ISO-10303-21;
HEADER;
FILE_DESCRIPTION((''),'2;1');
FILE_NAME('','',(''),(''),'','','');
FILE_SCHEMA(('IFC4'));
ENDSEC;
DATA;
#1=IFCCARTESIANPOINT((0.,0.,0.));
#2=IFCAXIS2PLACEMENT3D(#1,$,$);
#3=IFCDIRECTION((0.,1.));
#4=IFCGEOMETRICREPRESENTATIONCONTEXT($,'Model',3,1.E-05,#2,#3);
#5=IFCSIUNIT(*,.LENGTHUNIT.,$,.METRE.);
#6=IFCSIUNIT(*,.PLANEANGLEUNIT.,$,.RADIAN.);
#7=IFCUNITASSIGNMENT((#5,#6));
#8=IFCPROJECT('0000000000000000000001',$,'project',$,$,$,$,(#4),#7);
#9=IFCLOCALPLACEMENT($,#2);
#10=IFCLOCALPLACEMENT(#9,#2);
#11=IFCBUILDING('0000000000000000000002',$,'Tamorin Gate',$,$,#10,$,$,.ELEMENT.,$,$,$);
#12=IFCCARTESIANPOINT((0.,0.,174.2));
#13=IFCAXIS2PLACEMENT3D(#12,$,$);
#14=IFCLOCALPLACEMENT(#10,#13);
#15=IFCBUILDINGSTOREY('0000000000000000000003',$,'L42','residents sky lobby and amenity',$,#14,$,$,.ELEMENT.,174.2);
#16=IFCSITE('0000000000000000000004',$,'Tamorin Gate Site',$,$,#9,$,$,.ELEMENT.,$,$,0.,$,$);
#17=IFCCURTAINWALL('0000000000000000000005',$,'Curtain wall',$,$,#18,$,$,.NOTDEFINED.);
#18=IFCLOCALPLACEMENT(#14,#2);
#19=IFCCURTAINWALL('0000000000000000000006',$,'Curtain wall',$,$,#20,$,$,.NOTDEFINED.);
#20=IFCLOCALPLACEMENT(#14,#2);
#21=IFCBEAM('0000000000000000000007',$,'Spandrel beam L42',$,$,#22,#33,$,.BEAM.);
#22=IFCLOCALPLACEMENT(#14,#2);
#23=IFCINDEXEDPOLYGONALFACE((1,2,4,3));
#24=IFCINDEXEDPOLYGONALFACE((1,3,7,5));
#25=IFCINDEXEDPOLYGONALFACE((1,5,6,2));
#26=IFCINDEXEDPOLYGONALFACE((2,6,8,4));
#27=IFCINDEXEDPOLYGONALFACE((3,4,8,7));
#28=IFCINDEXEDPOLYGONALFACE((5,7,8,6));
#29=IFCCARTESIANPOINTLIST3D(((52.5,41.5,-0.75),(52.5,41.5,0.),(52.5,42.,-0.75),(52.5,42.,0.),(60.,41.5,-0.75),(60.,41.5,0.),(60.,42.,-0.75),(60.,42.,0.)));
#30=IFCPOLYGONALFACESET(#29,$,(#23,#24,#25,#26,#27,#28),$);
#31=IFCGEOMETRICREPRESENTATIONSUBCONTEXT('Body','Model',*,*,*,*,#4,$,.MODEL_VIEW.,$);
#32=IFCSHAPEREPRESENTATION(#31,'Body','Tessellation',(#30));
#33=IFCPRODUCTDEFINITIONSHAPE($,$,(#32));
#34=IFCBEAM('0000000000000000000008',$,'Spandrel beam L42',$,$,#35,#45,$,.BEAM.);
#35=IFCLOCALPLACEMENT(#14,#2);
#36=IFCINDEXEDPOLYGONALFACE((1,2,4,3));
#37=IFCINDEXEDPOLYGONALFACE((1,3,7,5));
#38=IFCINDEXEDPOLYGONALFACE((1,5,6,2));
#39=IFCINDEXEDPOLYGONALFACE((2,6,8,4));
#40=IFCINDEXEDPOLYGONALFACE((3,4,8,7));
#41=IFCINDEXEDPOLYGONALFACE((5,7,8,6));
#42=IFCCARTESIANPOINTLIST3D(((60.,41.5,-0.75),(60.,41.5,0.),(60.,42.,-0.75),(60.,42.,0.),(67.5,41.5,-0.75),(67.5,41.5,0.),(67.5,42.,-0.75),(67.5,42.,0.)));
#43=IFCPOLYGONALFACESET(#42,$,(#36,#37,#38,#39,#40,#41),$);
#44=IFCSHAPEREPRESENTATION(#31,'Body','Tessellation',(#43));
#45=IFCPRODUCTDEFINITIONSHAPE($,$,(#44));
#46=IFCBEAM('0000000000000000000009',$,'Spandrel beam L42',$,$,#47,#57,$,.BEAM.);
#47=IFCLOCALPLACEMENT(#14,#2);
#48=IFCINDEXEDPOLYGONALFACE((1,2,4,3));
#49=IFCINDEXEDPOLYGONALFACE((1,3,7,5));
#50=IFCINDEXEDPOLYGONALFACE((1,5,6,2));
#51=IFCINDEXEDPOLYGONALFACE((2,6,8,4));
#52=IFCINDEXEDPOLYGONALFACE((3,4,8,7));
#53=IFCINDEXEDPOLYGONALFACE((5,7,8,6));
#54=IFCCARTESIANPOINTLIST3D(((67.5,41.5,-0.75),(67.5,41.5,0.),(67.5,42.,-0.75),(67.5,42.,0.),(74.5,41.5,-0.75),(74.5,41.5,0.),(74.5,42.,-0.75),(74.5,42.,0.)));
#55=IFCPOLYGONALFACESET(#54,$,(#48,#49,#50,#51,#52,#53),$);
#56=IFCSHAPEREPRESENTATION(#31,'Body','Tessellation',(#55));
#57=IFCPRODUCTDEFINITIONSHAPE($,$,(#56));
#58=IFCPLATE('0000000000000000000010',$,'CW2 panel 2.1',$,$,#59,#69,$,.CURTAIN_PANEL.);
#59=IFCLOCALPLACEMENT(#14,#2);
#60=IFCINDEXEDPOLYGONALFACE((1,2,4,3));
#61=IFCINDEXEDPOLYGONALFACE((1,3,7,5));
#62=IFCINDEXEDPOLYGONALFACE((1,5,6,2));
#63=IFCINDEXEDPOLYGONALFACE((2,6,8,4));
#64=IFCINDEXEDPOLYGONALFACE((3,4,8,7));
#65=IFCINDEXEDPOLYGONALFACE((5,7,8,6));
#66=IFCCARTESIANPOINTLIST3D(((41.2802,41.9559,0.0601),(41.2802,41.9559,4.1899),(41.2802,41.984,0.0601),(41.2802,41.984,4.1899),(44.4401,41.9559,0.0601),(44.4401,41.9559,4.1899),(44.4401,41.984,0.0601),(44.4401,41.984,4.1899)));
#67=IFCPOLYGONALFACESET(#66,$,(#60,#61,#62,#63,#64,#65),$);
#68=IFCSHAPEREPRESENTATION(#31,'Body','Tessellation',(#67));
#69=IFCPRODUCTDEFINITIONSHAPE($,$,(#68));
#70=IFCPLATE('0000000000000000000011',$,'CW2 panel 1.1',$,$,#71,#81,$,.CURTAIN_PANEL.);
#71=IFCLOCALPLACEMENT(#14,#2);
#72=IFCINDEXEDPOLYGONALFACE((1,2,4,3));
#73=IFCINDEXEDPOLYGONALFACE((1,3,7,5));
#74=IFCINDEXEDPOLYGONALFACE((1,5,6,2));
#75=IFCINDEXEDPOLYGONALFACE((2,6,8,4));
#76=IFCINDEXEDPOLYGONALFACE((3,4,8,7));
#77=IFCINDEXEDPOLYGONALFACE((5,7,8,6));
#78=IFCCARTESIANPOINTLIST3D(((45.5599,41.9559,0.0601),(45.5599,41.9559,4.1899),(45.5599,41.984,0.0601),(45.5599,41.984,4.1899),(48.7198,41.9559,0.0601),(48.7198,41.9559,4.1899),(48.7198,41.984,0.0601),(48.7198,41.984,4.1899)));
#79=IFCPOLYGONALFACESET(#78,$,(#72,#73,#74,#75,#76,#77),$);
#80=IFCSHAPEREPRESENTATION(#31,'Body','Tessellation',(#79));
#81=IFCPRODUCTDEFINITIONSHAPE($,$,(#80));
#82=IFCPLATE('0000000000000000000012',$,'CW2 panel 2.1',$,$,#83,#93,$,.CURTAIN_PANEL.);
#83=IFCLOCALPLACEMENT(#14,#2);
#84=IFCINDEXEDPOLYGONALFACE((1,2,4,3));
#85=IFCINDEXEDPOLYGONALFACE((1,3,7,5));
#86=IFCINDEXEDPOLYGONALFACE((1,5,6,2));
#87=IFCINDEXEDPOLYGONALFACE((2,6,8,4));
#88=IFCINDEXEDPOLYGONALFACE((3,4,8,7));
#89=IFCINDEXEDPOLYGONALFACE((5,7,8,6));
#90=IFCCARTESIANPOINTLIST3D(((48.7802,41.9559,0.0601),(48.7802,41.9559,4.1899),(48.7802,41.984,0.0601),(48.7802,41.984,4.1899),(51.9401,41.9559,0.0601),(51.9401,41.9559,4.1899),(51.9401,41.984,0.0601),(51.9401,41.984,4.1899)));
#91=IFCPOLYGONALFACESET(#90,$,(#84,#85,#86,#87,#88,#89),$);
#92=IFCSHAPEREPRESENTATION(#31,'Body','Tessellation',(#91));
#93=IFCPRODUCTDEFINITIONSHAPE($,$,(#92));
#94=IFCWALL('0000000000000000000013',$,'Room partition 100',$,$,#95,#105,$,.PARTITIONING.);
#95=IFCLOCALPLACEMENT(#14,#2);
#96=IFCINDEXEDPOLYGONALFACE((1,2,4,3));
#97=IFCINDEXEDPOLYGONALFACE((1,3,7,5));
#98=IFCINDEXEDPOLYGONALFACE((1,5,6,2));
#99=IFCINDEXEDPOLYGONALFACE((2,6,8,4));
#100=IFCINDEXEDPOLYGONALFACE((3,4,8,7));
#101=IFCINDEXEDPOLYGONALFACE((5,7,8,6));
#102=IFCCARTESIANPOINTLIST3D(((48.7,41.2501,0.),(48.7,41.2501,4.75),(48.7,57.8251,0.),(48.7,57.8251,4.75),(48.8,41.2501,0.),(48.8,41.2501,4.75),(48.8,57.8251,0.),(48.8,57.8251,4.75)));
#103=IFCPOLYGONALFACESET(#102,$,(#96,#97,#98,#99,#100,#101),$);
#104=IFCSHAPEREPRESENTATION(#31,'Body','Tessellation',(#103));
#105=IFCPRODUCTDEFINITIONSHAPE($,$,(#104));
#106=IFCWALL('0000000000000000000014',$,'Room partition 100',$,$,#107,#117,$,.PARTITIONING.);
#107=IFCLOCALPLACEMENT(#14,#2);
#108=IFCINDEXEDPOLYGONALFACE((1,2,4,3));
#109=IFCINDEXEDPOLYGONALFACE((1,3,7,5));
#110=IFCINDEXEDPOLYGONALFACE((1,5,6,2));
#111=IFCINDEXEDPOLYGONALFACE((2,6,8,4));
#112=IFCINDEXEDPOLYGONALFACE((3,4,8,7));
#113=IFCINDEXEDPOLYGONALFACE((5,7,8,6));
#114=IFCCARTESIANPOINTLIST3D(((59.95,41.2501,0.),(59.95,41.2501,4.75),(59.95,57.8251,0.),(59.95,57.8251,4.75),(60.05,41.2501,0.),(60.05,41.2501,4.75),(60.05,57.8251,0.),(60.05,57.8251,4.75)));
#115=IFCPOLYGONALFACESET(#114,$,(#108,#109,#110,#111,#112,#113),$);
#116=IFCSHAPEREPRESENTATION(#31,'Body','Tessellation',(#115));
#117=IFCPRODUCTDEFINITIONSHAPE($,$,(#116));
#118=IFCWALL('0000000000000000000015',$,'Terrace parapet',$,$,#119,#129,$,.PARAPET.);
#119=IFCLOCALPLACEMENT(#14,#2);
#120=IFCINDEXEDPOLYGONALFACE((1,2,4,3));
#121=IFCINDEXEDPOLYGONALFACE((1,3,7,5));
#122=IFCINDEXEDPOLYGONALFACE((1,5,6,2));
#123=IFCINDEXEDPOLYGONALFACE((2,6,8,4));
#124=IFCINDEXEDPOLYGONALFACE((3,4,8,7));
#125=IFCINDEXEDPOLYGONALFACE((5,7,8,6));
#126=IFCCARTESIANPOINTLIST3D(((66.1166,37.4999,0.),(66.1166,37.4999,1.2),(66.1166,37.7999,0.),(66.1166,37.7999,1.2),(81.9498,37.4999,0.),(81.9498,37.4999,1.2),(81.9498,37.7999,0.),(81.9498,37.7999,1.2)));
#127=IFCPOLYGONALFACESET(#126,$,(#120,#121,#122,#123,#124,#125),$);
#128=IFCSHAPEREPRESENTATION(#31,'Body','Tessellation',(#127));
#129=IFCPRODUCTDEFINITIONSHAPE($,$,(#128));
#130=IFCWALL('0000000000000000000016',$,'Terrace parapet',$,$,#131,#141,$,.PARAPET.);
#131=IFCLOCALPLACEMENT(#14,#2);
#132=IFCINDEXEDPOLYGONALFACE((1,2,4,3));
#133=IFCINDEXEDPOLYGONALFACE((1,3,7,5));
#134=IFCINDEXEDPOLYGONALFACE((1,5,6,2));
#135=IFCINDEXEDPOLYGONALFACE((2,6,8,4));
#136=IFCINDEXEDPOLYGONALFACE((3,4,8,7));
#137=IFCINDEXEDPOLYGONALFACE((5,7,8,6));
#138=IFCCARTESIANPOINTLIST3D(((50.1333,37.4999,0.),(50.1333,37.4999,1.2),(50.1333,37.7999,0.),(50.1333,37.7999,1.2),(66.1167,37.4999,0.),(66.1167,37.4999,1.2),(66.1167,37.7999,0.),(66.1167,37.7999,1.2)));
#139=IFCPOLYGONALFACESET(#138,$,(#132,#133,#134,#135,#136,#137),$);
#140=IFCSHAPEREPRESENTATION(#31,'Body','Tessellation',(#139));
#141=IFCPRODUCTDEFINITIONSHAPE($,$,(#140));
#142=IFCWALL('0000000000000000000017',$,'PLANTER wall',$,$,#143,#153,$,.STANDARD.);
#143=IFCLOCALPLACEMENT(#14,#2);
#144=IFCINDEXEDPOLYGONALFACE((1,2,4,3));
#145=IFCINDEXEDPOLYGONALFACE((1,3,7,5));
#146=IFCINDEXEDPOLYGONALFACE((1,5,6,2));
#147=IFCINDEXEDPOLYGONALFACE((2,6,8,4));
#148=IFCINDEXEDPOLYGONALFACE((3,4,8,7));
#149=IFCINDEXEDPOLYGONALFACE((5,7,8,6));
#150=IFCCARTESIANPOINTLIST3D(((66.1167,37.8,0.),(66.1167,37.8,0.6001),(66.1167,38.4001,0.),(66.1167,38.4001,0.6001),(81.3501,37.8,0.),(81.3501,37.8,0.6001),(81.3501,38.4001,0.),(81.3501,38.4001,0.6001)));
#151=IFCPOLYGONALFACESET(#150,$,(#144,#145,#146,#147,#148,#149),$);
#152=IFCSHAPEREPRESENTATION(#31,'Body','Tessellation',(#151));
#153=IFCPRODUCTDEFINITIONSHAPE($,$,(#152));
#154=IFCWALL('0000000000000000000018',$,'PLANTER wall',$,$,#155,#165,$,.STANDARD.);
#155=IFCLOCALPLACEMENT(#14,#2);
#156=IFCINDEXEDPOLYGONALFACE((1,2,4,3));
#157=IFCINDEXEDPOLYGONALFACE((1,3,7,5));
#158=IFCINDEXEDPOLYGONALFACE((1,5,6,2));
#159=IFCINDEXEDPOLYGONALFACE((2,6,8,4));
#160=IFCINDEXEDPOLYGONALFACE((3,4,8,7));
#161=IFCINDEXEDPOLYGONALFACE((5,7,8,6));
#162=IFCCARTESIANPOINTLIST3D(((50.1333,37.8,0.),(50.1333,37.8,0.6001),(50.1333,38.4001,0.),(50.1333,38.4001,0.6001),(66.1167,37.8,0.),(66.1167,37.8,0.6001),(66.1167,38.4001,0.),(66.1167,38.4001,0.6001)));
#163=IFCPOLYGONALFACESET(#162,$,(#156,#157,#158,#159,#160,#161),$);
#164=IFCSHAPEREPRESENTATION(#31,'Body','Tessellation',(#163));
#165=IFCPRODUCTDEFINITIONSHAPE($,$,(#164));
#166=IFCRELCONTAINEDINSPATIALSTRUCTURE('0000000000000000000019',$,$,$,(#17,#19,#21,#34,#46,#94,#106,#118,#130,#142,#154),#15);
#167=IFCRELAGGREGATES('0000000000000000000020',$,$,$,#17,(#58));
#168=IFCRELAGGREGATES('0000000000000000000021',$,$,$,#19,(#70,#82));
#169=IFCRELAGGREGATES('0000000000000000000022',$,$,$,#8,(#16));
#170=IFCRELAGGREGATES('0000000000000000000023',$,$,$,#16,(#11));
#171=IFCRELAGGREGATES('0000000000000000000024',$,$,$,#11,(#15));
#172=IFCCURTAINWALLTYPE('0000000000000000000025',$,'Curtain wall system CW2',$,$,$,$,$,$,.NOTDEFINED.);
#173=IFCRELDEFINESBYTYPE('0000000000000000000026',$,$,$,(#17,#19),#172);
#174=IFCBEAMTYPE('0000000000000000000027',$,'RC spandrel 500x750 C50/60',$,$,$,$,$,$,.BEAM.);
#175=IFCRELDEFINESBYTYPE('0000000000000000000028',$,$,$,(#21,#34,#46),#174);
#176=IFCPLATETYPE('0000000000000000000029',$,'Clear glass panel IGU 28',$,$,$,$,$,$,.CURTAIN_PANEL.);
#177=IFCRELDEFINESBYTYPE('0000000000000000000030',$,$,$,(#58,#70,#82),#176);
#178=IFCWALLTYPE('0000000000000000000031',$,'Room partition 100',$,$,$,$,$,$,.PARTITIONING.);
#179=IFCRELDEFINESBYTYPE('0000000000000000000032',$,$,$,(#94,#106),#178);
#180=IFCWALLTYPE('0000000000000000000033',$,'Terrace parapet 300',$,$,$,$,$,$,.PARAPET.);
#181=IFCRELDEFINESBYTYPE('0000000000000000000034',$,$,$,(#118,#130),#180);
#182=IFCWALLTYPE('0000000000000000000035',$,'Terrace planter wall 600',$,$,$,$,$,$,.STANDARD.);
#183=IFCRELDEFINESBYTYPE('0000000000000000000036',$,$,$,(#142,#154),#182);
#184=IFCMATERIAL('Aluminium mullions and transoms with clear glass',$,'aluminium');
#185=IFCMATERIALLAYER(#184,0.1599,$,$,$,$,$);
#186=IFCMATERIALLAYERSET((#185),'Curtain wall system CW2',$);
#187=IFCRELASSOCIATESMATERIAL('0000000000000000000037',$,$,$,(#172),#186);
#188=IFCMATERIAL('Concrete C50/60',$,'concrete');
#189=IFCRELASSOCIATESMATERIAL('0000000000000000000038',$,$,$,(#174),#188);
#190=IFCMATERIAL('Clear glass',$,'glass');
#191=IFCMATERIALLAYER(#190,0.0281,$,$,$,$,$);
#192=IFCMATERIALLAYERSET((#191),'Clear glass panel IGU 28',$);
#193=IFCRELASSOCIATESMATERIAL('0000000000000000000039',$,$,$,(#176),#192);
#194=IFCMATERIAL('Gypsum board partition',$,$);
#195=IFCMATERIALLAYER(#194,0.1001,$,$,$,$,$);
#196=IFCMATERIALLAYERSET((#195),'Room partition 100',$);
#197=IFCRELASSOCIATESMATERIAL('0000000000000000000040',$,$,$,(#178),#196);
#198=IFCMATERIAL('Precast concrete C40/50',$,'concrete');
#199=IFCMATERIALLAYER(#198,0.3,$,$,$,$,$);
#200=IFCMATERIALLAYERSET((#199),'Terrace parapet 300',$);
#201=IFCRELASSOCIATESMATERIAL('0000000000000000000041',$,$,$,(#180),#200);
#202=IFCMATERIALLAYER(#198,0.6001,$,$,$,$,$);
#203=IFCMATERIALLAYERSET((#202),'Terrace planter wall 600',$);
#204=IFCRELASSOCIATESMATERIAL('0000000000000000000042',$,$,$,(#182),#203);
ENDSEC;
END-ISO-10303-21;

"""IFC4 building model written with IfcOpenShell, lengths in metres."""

from ifc_helpers import new_model, si_unit, direction, frame, frame_2d, origin, origin_2d, place, context, subcontext, project, spatial, rectangle, extrude, material, layer, layer_set, material_profile, profile_set, type_object, element, aggregate, save


model = new_model("IFC4")

# Units and contexts
model_context = context("Model", 3, precision=1e-05, world=origin(), true_north=direction((0.0, 1.0)))
body_context = subcontext(model_context, "Body", "Model", "MODEL_VIEW")
ifc_project = project(units=[si_unit("LENGTHUNIT", "METRE"), si_unit("PLANEANGLEUNIT", "RADIAN")], contexts=[model_context])

# Site, building, storey
site_placement = place(None, origin())
site = spatial("IfcSite", under=ifc_project, at=site_placement, Name="Tamorin Gate Site", CompositionType="ELEMENT", RefElevation=0.0)
building_placement = place(site_placement, origin())
building = spatial("IfcBuilding", under=site, at=building_placement, Name="Tamorin Gate", CompositionType="ELEMENT")
storey_placement = place(building_placement, frame((0.0, 0.0, 174.2)))
storey = spatial("IfcBuildingStorey", under=building, at=storey_placement, Name="L42", Description="residents sky lobby and amenity", CompositionType="ELEMENT", Elevation=174.2)

# Curtain wall
ifc_material_1 = material(Name="Aluminium mullions and transoms with clear glass", Category="aluminium")
ifc_layer_1 = layer(ifc_material_1, 0.1599)
ifc_layer_set_1 = layer_set([ifc_layer_1], Name="Curtain wall system CW2")
curtain_wall_type = type_object("IfcCurtainWallType", Name="Curtain wall system CW2", PredefinedType="NOTDEFINED", material=ifc_layer_set_1)
curtain_wall_1_placement = place(storey_placement, origin())
curtain_wall_1 = element("IfcCurtainWall", 1, at=curtain_wall_1_placement, inside=storey, type_object=curtain_wall_type, Name="Curtain wall", PredefinedType="NOTDEFINED")

# Curtain wall
curtain_wall_2_placement = place(storey_placement, origin())
curtain_wall_2 = element("IfcCurtainWall", 2, at=curtain_wall_2_placement, inside=storey, type_object=curtain_wall_type, Name="Curtain wall", PredefinedType="NOTDEFINED")

# Beams
ifc_material_2 = material(Name="Concrete C50/60", Category="concrete")
ifc_material_profile_1 = material_profile(ifc_material_2, rectangle(XDim=0.5, YDim=0.75, at=origin_2d()), Name="RC 500x750")
ifc_profile_set_1 = profile_set([ifc_material_profile_1], Name="Concrete C50/60")
beam_type = type_object("IfcBeamType", Name="RC spandrel 500x750 C50/60", PredefinedType="BEAM", material=ifc_profile_set_1)
for number, where, z_axis, x_axis, name in (
    (3, (52.5, 41.75, -0.375), (1.0, 0.0, 0.0), (0.0, 1.0, 0.0), "Spandrel beam L42"),
    (4, (60.0, 41.75, -0.375), (1.0, 0.0, 0.0), (0.0, 1.0, 0.0), "Spandrel beam L42"),
):
    element("IfcBeam", number, at=place(storey_placement, frame(where, z_axis=z_axis, x_axis=x_axis)), inside=storey, type_object=beam_type, Name=name, PredefinedType="BEAM", context=body_context, shape_type="SweptSolid", body=[
        extrude(rectangle(XDim=0.5, YDim=0.75, at=origin_2d()), origin(), (0.0, 0.0, 1.0), 7.5),
    ])
beam_placement = place(storey_placement, frame((67.5, 41.75, -0.375), z_axis=(1.0, 0.0, 0.0), x_axis=(0.0, 1.0, 0.0)))
element("IfcBeam", 5, at=beam_placement, inside=storey, type_object=beam_type, Name="Spandrel beam L42", PredefinedType="BEAM", context=body_context, shape_type="SweptSolid", body=[
    extrude(rectangle(XDim=0.5, YDim=0.75, at=origin_2d()), origin(), (0.0, 0.0, 1.0), 7.0),
])

# Plates
ifc_material_3 = material(Name="Clear glass", Category="glass")
ifc_layer_2 = layer(ifc_material_3, 0.0281)
ifc_layer_set_2 = layer_set([ifc_layer_2], Name="Clear glass panel IGU 28")
plate_type = type_object("IfcPlateType", Name="Clear glass panel IGU 28", PredefinedType="CURTAIN_PANEL", material=ifc_layer_set_2)
plate_1_placement = place(storey_placement, frame((42.8601, 41.97, 0.0601), z_axis=(0.0, 0.0, 1.0), x_axis=(1.0, 0.0, 0.0)))
plate_1 = element("IfcPlate", 6, at=plate_1_placement, type_object=plate_type, Name="CW2 panel 2.1", PredefinedType="CURTAIN_PANEL", context=body_context, shape_type="SweptSolid", body=[
    extrude(rectangle(XDim=3.1599, YDim=0.0281, at=origin_2d()), origin(), (0.0, 0.0, 1.0), 4.1299),
])
aggregate(curtain_wall_1, [plate_1])
plate_2_placement = place(storey_placement, frame((47.1399, 41.97, 0.0601), z_axis=(0.0, 0.0, 1.0), x_axis=(1.0, 0.0, 0.0)))
plate_2 = element("IfcPlate", 7, at=plate_2_placement, type_object=plate_type, Name="CW2 panel 1.1", PredefinedType="CURTAIN_PANEL", context=body_context, shape_type="SweptSolid", body=[
    extrude(rectangle(XDim=3.1599, YDim=0.0281, at=origin_2d()), origin(), (0.0, 0.0, 1.0), 4.1299),
])
plate_3_placement = place(storey_placement, frame((50.3601, 41.97, 0.0601), z_axis=(0.0, 0.0, 1.0), x_axis=(1.0, 0.0, 0.0)))
plate_3 = element("IfcPlate", 8, at=plate_3_placement, type_object=plate_type, Name="CW2 panel 2.1", PredefinedType="CURTAIN_PANEL", context=body_context, shape_type="SweptSolid", body=[
    extrude(rectangle(XDim=3.1599, YDim=0.0281, at=origin_2d()), origin(), (0.0, 0.0, 1.0), 4.1299),
])
aggregate(curtain_wall_2, [plate_2, plate_3])

# Shared definitions
ifc_material_4 = material(Name="Precast concrete C40/50", Category="concrete")

# Walls
ifc_material_5 = material(Name="Gypsum board partition")
ifc_layer_3 = layer(ifc_material_5, 0.1001)
ifc_layer_set_3 = layer_set([ifc_layer_3], Name="Room partition 100")
wall_type_1 = type_object("IfcWallType", Name="Room partition 100", PredefinedType="PARTITIONING", material=ifc_layer_set_3)
for number, where, z_axis, x_axis, name in (
    (9, (48.75, 41.25, 0.0), (0.0, 0.0, 1.0), (0.0, 1.0, 0.0), "Room partition 100"),
    (10, (60.0, 41.25, 0.0), (0.0, 0.0, 1.0), (0.0, 1.0, 0.0), "Room partition 100"),
):
    element("IfcWall", number, at=place(storey_placement, frame(where, z_axis=z_axis, x_axis=x_axis)), inside=storey, type_object=wall_type_1, Name=name, PredefinedType="PARTITIONING", context=body_context, shape_type="SweptSolid", body=[
        extrude(rectangle(XDim=16.575, YDim=0.1001, at=frame_2d((8.2876, 0.0))), origin(), (0.0, 0.0, 1.0), 4.75),
    ])
ifc_layer_4 = layer(ifc_material_4, 0.3)
ifc_layer_set_4 = layer_set([ifc_layer_4], Name="Terrace parapet 300")
wall_type_2 = type_object("IfcWallType", Name="Terrace parapet 300", PredefinedType="PARAPET", material=ifc_layer_set_4)
wall_1_placement = place(storey_placement, frame((66.1167, 37.6499, 0.0), z_axis=(0.0, 0.0, 1.0), x_axis=(1.0, 0.0, 0.0)))
element("IfcWall", 11, at=wall_1_placement, inside=storey, type_object=wall_type_2, Name="Terrace parapet", PredefinedType="PARAPET", context=body_context, shape_type="SweptSolid", body=[
    extrude(rectangle(XDim=15.8333, YDim=0.3, at=frame_2d((7.9165, 0.0))), origin(), (0.0, 0.0, 1.0), 1.2),
])
wall_2_placement = place(storey_placement, frame((50.1333, 37.6499, 0.0), z_axis=(0.0, 0.0, 1.0), x_axis=(1.0, 0.0, 0.0)))
element("IfcWall", 12, at=wall_2_placement, inside=storey, type_object=wall_type_2, Name="Terrace parapet", PredefinedType="PARAPET", context=body_context, shape_type="SweptSolid", body=[
    extrude(rectangle(XDim=15.9834, YDim=0.3, at=frame_2d((7.9917, 0.0))), origin(), (0.0, 0.0, 1.0), 1.2),
])
ifc_layer_5 = layer(ifc_material_4, 0.6001)
ifc_layer_set_5 = layer_set([ifc_layer_5], Name="Terrace planter wall 600")
wall_type_3 = type_object("IfcWallType", Name="Terrace planter wall 600", PredefinedType="STANDARD", material=ifc_layer_set_5)
wall_3_placement = place(storey_placement, frame((66.1167, 38.1001, 0.0), z_axis=(0.0, 0.0, 1.0), x_axis=(1.0, 0.0, 0.0)))
element("IfcWall", 13, at=wall_3_placement, inside=storey, type_object=wall_type_3, Name="PLANTER wall", PredefinedType="STANDARD", context=body_context, shape_type="SweptSolid", body=[
    extrude(rectangle(XDim=15.2334, YDim=0.6001, at=frame_2d((7.6167, 0.0))), origin(), (0.0, 0.0, 1.0), 0.6001),
])
wall_4_placement = place(storey_placement, frame((50.1333, 38.1001, 0.0), z_axis=(0.0, 0.0, 1.0), x_axis=(1.0, 0.0, 0.0)))
element("IfcWall", 14, at=wall_4_placement, inside=storey, type_object=wall_type_3, Name="PLANTER wall", PredefinedType="STANDARD", context=body_context, shape_type="SweptSolid", body=[
    extrude(rectangle(XDim=15.9834, YDim=0.6001, at=frame_2d((7.9917, 0.0))), origin(), (0.0, 0.0, 1.0), 0.6001),
])

save(model, "model.ifc")
